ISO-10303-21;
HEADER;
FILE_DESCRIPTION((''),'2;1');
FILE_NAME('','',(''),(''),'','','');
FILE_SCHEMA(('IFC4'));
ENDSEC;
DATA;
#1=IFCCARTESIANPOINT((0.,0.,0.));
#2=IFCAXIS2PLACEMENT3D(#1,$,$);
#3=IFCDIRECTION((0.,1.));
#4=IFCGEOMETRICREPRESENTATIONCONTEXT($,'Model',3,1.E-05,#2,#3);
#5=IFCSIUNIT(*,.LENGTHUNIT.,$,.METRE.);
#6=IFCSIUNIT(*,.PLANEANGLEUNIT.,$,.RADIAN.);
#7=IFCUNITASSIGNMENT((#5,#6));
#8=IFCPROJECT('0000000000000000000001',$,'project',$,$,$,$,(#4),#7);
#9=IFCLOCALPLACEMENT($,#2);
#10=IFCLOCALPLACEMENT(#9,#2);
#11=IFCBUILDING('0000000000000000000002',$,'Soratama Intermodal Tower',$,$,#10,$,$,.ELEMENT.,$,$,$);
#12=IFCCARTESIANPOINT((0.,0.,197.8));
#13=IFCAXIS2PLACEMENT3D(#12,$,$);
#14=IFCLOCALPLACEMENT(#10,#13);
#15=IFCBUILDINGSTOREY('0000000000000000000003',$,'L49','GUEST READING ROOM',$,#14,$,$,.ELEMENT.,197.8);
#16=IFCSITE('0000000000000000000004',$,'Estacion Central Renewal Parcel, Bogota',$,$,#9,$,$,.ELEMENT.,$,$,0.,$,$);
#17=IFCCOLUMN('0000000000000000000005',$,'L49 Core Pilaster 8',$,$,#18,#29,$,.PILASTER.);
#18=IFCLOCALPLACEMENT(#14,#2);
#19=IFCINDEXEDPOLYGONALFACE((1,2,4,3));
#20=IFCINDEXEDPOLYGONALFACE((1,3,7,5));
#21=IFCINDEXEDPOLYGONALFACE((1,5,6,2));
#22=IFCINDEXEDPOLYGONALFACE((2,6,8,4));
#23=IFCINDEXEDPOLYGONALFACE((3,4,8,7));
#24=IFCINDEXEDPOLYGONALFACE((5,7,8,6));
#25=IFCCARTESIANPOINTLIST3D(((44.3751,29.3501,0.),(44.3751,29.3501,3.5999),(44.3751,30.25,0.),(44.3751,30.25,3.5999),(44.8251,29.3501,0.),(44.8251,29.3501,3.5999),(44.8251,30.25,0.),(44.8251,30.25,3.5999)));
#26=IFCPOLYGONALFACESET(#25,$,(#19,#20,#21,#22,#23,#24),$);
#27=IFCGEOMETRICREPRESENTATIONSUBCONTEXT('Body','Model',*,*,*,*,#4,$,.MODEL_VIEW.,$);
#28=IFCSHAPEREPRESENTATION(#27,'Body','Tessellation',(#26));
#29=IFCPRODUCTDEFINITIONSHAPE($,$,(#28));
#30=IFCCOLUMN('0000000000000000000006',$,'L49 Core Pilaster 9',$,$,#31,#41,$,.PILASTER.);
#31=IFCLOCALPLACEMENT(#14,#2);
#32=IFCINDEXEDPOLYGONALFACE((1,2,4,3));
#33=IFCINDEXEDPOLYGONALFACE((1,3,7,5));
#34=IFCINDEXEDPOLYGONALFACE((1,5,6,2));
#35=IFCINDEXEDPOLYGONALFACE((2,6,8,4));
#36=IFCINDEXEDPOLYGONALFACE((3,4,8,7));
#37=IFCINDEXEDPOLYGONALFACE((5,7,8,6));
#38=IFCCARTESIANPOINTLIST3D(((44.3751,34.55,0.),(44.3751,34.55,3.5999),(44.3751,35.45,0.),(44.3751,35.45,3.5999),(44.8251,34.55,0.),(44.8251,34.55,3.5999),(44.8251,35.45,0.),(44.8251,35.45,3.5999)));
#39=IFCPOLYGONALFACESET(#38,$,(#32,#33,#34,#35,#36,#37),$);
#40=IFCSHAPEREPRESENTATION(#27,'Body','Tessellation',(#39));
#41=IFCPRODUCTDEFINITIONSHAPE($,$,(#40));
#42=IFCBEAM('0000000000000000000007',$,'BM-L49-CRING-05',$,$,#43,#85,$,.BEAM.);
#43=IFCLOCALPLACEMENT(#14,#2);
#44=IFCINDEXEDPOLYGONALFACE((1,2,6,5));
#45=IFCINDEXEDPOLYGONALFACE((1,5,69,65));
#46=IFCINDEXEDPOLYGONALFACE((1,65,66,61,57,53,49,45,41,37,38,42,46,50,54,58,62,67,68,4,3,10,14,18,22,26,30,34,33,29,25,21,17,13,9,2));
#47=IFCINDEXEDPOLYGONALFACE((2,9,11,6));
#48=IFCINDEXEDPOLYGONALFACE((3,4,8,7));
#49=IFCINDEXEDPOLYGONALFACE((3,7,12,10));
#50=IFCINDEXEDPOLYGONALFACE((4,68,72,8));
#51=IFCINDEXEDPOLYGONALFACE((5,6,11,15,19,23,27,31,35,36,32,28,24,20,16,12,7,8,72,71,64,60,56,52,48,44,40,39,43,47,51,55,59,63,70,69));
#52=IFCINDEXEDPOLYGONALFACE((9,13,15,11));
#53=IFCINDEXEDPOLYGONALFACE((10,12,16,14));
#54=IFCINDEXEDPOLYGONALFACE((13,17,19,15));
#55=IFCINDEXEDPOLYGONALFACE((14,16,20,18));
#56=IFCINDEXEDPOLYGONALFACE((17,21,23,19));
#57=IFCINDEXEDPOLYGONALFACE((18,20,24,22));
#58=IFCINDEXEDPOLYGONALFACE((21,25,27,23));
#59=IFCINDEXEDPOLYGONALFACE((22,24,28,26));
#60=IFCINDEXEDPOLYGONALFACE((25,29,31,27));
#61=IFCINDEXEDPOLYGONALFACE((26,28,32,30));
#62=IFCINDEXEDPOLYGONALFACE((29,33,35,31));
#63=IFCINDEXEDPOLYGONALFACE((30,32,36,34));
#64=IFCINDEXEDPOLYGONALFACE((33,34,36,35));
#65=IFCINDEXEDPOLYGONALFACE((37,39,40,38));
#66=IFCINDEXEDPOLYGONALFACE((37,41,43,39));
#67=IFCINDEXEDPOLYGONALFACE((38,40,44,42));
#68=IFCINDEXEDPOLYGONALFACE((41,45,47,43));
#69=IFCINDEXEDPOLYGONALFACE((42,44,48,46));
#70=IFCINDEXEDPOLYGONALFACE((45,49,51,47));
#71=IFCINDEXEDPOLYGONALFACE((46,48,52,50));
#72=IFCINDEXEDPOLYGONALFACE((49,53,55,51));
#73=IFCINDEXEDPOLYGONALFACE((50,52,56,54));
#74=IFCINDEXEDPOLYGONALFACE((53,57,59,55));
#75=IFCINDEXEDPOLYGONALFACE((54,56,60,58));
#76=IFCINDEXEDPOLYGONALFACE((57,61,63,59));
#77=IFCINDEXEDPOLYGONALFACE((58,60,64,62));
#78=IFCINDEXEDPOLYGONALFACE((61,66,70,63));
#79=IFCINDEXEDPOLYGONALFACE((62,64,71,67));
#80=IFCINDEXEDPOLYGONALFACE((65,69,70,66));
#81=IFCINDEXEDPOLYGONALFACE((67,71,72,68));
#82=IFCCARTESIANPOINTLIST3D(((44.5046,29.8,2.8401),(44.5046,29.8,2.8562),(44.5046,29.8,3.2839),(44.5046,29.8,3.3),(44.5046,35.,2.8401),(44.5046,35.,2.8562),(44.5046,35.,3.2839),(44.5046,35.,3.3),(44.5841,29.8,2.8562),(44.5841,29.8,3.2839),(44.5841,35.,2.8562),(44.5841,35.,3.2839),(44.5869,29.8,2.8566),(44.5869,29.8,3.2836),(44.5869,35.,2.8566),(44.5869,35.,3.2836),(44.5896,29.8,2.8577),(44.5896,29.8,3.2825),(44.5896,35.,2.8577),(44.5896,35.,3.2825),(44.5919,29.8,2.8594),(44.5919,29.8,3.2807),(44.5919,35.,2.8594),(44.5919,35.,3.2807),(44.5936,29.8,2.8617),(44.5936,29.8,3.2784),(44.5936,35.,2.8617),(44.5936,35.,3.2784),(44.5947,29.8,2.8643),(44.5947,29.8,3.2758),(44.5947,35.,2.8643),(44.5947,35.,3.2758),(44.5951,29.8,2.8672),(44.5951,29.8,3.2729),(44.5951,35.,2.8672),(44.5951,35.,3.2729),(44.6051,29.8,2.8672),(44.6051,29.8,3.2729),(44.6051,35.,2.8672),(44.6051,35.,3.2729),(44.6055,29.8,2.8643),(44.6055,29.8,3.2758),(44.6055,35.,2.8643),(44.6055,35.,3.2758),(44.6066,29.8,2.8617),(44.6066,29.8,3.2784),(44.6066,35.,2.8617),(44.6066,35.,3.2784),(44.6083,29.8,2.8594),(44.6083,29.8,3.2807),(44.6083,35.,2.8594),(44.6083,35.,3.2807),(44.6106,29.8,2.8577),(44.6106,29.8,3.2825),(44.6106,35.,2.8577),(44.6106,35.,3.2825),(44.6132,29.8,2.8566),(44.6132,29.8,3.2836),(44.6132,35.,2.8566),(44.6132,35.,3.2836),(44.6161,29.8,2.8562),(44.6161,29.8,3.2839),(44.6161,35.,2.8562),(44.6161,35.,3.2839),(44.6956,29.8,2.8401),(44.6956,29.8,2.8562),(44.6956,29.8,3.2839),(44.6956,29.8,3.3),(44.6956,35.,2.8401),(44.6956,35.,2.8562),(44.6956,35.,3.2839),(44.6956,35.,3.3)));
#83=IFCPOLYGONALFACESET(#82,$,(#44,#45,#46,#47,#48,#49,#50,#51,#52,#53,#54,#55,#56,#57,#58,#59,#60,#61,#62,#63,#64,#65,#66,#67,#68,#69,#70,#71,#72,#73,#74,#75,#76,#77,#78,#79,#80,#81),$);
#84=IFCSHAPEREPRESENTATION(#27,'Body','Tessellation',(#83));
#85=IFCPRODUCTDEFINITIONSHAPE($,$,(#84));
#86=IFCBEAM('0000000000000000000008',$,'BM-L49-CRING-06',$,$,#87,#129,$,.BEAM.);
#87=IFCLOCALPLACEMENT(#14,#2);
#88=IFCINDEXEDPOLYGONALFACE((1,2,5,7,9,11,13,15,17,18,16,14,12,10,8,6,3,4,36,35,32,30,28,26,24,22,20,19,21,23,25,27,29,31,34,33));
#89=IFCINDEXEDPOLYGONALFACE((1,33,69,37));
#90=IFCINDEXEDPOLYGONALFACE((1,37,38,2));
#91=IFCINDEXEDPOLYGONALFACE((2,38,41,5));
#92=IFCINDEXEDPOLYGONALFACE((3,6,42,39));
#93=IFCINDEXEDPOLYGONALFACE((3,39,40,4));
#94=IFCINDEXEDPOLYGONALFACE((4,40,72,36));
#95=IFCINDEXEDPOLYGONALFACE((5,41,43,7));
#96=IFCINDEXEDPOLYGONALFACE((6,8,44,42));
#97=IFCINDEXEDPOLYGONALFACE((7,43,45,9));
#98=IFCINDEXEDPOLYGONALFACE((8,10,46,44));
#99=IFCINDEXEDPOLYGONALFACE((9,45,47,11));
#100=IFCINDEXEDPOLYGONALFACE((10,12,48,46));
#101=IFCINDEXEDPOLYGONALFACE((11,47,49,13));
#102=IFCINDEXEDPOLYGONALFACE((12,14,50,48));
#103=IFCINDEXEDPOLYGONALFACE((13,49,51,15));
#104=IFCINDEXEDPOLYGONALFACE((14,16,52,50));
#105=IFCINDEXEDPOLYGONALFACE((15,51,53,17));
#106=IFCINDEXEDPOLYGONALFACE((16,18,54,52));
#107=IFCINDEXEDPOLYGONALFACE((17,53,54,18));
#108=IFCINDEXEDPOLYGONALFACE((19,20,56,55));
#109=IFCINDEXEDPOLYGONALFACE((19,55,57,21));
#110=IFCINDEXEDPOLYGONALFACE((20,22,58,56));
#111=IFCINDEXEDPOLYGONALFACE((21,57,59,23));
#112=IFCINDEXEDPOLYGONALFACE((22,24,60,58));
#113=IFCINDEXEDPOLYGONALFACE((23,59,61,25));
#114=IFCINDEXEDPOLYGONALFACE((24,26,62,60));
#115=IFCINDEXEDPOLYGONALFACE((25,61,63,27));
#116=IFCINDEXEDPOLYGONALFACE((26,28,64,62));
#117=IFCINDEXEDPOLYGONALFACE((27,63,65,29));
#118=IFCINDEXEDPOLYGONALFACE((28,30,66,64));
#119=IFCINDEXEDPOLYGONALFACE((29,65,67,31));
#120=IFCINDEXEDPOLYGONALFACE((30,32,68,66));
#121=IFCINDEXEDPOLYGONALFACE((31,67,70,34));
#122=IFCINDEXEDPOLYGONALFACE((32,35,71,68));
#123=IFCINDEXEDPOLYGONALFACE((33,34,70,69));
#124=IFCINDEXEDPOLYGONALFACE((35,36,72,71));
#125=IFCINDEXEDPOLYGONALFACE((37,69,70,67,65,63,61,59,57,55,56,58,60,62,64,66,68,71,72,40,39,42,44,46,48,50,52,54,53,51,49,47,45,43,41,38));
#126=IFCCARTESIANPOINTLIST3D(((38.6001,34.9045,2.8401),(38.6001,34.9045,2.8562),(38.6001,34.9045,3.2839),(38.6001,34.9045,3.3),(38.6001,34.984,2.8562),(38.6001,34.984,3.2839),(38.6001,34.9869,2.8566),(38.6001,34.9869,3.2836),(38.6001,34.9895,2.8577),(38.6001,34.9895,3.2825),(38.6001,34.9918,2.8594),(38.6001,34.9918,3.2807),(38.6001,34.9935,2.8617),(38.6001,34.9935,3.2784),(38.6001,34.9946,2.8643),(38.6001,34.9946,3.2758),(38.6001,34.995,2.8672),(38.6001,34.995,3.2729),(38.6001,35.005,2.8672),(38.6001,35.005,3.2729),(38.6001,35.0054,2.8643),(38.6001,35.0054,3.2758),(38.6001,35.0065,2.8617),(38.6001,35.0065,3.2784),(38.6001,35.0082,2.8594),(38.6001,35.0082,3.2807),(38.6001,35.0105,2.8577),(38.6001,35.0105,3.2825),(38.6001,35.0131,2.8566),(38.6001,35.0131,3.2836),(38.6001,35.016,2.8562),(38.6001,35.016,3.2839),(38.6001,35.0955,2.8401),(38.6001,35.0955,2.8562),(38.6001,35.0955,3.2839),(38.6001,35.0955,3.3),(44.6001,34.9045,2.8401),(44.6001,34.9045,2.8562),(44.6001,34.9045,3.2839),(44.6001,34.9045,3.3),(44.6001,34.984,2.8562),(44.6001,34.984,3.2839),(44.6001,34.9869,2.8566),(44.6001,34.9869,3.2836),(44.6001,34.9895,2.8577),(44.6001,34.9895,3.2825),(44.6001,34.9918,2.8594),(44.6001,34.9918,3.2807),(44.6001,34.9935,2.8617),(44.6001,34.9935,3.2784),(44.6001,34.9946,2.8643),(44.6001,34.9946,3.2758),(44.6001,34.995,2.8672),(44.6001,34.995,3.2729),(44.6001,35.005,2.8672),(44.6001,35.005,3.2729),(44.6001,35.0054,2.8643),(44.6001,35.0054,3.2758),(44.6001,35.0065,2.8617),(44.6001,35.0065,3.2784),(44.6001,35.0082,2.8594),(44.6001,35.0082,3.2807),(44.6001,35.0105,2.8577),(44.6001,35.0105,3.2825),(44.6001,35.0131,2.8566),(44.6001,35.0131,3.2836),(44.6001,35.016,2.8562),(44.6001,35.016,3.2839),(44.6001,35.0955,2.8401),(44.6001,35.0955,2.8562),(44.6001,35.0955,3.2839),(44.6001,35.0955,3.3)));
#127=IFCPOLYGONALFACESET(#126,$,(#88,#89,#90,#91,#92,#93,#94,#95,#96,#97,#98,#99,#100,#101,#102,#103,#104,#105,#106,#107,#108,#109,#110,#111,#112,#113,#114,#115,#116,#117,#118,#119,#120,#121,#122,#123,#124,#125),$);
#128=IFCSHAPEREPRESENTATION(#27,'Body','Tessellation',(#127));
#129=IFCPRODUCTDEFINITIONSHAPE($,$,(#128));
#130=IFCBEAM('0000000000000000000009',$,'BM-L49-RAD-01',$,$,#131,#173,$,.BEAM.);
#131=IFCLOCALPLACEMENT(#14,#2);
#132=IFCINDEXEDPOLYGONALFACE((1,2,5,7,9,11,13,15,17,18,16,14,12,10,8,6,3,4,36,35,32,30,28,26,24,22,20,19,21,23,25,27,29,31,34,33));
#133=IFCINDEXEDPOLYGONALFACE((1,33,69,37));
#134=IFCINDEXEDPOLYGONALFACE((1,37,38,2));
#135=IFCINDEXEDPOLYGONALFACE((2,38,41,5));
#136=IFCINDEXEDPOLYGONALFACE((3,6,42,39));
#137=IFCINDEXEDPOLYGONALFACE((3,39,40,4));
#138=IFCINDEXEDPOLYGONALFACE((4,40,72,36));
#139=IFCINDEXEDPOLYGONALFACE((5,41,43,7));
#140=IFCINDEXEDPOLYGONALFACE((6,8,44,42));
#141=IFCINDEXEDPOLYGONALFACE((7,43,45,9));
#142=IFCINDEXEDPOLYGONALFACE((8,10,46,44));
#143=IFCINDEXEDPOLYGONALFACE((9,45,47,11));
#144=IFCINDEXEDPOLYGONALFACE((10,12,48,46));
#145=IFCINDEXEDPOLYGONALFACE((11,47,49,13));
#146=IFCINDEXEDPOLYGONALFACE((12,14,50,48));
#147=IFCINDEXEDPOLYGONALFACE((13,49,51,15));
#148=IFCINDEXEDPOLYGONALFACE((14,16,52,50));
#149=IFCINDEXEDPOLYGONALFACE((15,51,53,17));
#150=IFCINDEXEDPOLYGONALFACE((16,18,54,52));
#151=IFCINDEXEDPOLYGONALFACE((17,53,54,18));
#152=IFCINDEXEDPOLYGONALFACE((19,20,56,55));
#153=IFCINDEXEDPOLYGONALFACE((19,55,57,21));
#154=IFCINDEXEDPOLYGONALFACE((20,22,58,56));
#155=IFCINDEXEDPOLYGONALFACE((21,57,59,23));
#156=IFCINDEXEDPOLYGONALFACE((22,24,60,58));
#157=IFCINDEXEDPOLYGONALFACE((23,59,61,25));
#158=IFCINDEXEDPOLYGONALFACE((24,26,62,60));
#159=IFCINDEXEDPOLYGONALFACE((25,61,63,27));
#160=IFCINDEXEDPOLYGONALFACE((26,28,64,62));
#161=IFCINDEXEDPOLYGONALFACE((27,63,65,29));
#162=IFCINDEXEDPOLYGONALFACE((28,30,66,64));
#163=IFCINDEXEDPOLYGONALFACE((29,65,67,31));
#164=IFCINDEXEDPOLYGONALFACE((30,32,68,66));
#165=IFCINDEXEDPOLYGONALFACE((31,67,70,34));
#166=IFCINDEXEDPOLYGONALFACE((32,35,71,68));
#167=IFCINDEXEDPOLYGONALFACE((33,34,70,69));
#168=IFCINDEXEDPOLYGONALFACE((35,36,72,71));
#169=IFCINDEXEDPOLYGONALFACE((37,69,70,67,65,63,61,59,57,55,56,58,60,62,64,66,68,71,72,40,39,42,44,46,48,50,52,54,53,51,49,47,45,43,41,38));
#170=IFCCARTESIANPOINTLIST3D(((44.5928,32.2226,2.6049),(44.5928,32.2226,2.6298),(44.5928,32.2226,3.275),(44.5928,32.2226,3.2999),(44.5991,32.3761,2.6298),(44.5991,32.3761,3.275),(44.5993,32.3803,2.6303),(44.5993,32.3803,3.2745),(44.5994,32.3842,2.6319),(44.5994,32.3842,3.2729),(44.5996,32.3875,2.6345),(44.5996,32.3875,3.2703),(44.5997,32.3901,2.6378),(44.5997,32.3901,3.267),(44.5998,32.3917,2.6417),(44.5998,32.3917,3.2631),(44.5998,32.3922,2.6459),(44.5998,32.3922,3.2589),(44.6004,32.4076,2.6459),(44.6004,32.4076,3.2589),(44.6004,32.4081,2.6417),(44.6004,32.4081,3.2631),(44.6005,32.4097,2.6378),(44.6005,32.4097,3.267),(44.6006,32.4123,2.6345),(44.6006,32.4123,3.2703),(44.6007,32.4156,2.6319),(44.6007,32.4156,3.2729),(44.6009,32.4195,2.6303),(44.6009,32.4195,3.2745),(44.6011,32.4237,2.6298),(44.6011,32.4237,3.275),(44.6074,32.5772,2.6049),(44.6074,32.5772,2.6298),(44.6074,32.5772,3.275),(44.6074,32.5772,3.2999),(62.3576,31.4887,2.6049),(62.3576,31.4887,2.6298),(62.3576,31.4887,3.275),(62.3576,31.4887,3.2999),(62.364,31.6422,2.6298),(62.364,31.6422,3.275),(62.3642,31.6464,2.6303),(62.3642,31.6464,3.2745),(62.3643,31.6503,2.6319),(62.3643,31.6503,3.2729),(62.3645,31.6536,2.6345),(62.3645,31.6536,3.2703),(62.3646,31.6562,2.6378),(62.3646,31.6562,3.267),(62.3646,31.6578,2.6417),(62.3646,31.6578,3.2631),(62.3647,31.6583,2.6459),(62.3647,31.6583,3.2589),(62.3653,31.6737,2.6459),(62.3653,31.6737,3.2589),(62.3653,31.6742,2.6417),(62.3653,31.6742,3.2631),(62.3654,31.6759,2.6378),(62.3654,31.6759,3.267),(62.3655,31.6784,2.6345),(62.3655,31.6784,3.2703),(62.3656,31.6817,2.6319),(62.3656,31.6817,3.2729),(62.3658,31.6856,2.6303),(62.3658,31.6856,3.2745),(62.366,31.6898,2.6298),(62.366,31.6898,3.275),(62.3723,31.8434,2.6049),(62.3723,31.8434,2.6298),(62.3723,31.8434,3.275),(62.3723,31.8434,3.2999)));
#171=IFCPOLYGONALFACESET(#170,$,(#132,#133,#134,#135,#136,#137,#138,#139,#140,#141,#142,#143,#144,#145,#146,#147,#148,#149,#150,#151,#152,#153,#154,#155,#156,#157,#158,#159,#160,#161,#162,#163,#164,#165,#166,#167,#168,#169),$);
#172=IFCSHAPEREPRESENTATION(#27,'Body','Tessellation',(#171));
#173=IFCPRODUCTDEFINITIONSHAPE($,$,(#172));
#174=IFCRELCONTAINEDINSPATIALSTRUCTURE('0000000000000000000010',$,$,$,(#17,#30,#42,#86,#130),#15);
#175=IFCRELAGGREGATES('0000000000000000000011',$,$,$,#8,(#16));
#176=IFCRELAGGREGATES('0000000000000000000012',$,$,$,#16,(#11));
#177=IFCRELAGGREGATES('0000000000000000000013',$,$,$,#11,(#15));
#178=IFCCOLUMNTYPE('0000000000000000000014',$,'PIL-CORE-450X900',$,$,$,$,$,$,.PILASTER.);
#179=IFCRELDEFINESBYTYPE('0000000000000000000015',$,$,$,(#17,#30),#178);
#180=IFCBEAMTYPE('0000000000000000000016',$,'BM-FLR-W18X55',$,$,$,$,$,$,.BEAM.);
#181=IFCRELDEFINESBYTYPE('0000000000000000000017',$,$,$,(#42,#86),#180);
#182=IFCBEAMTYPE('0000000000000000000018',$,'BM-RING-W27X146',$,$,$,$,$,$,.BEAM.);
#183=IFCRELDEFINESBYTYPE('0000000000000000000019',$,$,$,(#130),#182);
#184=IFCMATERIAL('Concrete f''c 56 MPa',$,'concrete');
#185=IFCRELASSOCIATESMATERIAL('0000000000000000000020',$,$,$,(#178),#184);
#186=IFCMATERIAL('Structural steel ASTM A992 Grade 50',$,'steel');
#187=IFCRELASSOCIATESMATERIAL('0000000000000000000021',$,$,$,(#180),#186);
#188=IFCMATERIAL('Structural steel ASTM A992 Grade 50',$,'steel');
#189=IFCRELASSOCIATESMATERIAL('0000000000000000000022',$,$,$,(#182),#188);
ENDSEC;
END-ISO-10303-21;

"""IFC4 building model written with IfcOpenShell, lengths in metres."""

from ifc_helpers import new_model, si_unit, direction, frame, origin, origin_2d, place, context, subcontext, project, spatial, rectangle, i_section, extrude, material, material_profile, profile_set, type_object, element, save


model = new_model("IFC4")

# Units and contexts
model_context = context("Model", 3, precision=1e-05, world=origin(), true_north=direction((0.0, 1.0)))
body_context = subcontext(model_context, "Body", "Model", "MODEL_VIEW")
ifc_project = project(units=[si_unit("LENGTHUNIT", "METRE"), si_unit("PLANEANGLEUNIT", "RADIAN")], contexts=[model_context])

# Site, building, storey
site_placement = place(None, origin())
site = spatial("IfcSite", under=ifc_project, at=site_placement, Name="Estacion Central Renewal Parcel, Bogota", CompositionType="ELEMENT", RefElevation=0.0)
building_placement = place(site_placement, origin())
building = spatial("IfcBuilding", under=site, at=building_placement, Name="Soratama Intermodal Tower", CompositionType="ELEMENT")
storey_placement = place(building_placement, frame((0.0, 0.0, 197.8)))
storey = spatial("IfcBuildingStorey", under=building, at=storey_placement, Name="L49", Description="GUEST READING ROOM", CompositionType="ELEMENT", Elevation=197.8)

# Columns
ifc_material_1 = material(Name="Concrete f'c 56 MPa", Category="concrete")
ifc_material_profile_1 = material_profile(ifc_material_1, rectangle(XDim=0.45, YDim=0.8999, at=origin_2d()), Name="RC450X900")
ifc_profile_set_1 = profile_set([ifc_material_profile_1], Name="Concrete f'c 56 MPa")
column_type = type_object("IfcColumnType", Name="PIL-CORE-450X900", PredefinedType="PILASTER", material=ifc_profile_set_1)
for number, where, z_axis, x_axis, name in (
    (1, (44.6001, 29.8, 0.0), (0.0, 0.0, 1.0), (1.0, 0.0, 0.0), "L49 Core Pilaster 8"),
    (2, (44.6001, 35.0, 0.0), (0.0, 0.0, 1.0), (1.0, 0.0, 0.0), "L49 Core Pilaster 9"),
):
    element("IfcColumn", number, at=place(storey_placement, frame(where, z_axis=z_axis, x_axis=x_axis)), inside=storey, type_object=column_type, Name=name, PredefinedType="PILASTER", context=body_context, shape_type="SweptSolid", body=[
        extrude(rectangle(XDim=0.45, YDim=0.8999, at=origin_2d()), origin(), (0.0, 0.0, 1.0), 3.5999),
    ])

# Beams
ifc_material_2 = material(Name="Structural steel ASTM A992 Grade 50", Category="steel")
ifc_material_profile_2 = material_profile(ifc_material_2, i_section(OverallWidth=0.1909, OverallDepth=0.46, WebThickness=0.01, FlangeThickness=0.0161, FilletRadius=0.011, at=origin_2d()), Name="W18X55")
ifc_profile_set_2 = profile_set([ifc_material_profile_2], Name="Structural steel ASTM A992 Grade 50")
beam_type_1 = type_object("IfcBeamType", Name="BM-FLR-W18X55", PredefinedType="BEAM", material=ifc_profile_set_2)
beam_1_placement = place(storey_placement, frame((44.6001, 29.8, 3.0701), z_axis=(0.0, 1.0, 0.0), x_axis=(-1.0, 0.0, 0.0)))
element("IfcBeam", 3, at=beam_1_placement, inside=storey, type_object=beam_type_1, Name="BM-L49-CRING-05", PredefinedType="BEAM", context=body_context, shape_type="SweptSolid", body=[
    extrude(i_section(OverallWidth=0.1909, OverallDepth=0.46, WebThickness=0.01, FlangeThickness=0.0161, FilletRadius=0.011, at=origin_2d()), origin(), (0.0, 0.0, 1.0), 5.2),
])
beam_2_placement = place(storey_placement, frame((44.6001, 35.0, 3.0701), z_axis=(-1.0, 0.0, 0.0), x_axis=(0.0, -1.0, 0.0)))
element("IfcBeam", 4, at=beam_2_placement, inside=storey, type_object=beam_type_1, Name="BM-L49-CRING-06", PredefinedType="BEAM", context=body_context, shape_type="SweptSolid", body=[
    extrude(i_section(OverallWidth=0.1909, OverallDepth=0.46, WebThickness=0.01, FlangeThickness=0.0161, FilletRadius=0.011, at=origin_2d()), origin(), (0.0, 0.0, 1.0), 6.0),
])
ifc_material_3 = material(Name="Structural steel ASTM A992 Grade 50", Category="steel")
ifc_material_profile_3 = material_profile(ifc_material_3, i_section(OverallWidth=0.355, OverallDepth=0.6951, WebThickness=0.0154, FlangeThickness=0.0249, FilletRadius=0.0161, at=origin_2d()), Name="W27X146")
ifc_profile_set_3 = profile_set([ifc_material_profile_3], Name="Structural steel ASTM A992 Grade 50")
beam_type_2 = type_object("IfcBeamType", Name="BM-RING-W27X146", PredefinedType="BEAM", material=ifc_profile_set_3)
beam_3_placement = place(storey_placement, frame((44.6001, 32.3999, 2.9524), z_axis=(0.999148, -0.041276, 0.0), x_axis=(0.041276, 0.999148, 0.0)))
element("IfcBeam", 5, at=beam_3_placement, inside=storey, type_object=beam_type_2, Name="BM-L49-RAD-01", PredefinedType="BEAM", context=body_context, shape_type="SweptSolid", body=[
    extrude(i_section(OverallWidth=0.355, OverallDepth=0.6951, WebThickness=0.0154, FlangeThickness=0.0249, FilletRadius=0.0161, at=origin_2d()), origin(), (0.0, 0.0, 1.0), 17.78),
])

save(model, "model.ifc")
